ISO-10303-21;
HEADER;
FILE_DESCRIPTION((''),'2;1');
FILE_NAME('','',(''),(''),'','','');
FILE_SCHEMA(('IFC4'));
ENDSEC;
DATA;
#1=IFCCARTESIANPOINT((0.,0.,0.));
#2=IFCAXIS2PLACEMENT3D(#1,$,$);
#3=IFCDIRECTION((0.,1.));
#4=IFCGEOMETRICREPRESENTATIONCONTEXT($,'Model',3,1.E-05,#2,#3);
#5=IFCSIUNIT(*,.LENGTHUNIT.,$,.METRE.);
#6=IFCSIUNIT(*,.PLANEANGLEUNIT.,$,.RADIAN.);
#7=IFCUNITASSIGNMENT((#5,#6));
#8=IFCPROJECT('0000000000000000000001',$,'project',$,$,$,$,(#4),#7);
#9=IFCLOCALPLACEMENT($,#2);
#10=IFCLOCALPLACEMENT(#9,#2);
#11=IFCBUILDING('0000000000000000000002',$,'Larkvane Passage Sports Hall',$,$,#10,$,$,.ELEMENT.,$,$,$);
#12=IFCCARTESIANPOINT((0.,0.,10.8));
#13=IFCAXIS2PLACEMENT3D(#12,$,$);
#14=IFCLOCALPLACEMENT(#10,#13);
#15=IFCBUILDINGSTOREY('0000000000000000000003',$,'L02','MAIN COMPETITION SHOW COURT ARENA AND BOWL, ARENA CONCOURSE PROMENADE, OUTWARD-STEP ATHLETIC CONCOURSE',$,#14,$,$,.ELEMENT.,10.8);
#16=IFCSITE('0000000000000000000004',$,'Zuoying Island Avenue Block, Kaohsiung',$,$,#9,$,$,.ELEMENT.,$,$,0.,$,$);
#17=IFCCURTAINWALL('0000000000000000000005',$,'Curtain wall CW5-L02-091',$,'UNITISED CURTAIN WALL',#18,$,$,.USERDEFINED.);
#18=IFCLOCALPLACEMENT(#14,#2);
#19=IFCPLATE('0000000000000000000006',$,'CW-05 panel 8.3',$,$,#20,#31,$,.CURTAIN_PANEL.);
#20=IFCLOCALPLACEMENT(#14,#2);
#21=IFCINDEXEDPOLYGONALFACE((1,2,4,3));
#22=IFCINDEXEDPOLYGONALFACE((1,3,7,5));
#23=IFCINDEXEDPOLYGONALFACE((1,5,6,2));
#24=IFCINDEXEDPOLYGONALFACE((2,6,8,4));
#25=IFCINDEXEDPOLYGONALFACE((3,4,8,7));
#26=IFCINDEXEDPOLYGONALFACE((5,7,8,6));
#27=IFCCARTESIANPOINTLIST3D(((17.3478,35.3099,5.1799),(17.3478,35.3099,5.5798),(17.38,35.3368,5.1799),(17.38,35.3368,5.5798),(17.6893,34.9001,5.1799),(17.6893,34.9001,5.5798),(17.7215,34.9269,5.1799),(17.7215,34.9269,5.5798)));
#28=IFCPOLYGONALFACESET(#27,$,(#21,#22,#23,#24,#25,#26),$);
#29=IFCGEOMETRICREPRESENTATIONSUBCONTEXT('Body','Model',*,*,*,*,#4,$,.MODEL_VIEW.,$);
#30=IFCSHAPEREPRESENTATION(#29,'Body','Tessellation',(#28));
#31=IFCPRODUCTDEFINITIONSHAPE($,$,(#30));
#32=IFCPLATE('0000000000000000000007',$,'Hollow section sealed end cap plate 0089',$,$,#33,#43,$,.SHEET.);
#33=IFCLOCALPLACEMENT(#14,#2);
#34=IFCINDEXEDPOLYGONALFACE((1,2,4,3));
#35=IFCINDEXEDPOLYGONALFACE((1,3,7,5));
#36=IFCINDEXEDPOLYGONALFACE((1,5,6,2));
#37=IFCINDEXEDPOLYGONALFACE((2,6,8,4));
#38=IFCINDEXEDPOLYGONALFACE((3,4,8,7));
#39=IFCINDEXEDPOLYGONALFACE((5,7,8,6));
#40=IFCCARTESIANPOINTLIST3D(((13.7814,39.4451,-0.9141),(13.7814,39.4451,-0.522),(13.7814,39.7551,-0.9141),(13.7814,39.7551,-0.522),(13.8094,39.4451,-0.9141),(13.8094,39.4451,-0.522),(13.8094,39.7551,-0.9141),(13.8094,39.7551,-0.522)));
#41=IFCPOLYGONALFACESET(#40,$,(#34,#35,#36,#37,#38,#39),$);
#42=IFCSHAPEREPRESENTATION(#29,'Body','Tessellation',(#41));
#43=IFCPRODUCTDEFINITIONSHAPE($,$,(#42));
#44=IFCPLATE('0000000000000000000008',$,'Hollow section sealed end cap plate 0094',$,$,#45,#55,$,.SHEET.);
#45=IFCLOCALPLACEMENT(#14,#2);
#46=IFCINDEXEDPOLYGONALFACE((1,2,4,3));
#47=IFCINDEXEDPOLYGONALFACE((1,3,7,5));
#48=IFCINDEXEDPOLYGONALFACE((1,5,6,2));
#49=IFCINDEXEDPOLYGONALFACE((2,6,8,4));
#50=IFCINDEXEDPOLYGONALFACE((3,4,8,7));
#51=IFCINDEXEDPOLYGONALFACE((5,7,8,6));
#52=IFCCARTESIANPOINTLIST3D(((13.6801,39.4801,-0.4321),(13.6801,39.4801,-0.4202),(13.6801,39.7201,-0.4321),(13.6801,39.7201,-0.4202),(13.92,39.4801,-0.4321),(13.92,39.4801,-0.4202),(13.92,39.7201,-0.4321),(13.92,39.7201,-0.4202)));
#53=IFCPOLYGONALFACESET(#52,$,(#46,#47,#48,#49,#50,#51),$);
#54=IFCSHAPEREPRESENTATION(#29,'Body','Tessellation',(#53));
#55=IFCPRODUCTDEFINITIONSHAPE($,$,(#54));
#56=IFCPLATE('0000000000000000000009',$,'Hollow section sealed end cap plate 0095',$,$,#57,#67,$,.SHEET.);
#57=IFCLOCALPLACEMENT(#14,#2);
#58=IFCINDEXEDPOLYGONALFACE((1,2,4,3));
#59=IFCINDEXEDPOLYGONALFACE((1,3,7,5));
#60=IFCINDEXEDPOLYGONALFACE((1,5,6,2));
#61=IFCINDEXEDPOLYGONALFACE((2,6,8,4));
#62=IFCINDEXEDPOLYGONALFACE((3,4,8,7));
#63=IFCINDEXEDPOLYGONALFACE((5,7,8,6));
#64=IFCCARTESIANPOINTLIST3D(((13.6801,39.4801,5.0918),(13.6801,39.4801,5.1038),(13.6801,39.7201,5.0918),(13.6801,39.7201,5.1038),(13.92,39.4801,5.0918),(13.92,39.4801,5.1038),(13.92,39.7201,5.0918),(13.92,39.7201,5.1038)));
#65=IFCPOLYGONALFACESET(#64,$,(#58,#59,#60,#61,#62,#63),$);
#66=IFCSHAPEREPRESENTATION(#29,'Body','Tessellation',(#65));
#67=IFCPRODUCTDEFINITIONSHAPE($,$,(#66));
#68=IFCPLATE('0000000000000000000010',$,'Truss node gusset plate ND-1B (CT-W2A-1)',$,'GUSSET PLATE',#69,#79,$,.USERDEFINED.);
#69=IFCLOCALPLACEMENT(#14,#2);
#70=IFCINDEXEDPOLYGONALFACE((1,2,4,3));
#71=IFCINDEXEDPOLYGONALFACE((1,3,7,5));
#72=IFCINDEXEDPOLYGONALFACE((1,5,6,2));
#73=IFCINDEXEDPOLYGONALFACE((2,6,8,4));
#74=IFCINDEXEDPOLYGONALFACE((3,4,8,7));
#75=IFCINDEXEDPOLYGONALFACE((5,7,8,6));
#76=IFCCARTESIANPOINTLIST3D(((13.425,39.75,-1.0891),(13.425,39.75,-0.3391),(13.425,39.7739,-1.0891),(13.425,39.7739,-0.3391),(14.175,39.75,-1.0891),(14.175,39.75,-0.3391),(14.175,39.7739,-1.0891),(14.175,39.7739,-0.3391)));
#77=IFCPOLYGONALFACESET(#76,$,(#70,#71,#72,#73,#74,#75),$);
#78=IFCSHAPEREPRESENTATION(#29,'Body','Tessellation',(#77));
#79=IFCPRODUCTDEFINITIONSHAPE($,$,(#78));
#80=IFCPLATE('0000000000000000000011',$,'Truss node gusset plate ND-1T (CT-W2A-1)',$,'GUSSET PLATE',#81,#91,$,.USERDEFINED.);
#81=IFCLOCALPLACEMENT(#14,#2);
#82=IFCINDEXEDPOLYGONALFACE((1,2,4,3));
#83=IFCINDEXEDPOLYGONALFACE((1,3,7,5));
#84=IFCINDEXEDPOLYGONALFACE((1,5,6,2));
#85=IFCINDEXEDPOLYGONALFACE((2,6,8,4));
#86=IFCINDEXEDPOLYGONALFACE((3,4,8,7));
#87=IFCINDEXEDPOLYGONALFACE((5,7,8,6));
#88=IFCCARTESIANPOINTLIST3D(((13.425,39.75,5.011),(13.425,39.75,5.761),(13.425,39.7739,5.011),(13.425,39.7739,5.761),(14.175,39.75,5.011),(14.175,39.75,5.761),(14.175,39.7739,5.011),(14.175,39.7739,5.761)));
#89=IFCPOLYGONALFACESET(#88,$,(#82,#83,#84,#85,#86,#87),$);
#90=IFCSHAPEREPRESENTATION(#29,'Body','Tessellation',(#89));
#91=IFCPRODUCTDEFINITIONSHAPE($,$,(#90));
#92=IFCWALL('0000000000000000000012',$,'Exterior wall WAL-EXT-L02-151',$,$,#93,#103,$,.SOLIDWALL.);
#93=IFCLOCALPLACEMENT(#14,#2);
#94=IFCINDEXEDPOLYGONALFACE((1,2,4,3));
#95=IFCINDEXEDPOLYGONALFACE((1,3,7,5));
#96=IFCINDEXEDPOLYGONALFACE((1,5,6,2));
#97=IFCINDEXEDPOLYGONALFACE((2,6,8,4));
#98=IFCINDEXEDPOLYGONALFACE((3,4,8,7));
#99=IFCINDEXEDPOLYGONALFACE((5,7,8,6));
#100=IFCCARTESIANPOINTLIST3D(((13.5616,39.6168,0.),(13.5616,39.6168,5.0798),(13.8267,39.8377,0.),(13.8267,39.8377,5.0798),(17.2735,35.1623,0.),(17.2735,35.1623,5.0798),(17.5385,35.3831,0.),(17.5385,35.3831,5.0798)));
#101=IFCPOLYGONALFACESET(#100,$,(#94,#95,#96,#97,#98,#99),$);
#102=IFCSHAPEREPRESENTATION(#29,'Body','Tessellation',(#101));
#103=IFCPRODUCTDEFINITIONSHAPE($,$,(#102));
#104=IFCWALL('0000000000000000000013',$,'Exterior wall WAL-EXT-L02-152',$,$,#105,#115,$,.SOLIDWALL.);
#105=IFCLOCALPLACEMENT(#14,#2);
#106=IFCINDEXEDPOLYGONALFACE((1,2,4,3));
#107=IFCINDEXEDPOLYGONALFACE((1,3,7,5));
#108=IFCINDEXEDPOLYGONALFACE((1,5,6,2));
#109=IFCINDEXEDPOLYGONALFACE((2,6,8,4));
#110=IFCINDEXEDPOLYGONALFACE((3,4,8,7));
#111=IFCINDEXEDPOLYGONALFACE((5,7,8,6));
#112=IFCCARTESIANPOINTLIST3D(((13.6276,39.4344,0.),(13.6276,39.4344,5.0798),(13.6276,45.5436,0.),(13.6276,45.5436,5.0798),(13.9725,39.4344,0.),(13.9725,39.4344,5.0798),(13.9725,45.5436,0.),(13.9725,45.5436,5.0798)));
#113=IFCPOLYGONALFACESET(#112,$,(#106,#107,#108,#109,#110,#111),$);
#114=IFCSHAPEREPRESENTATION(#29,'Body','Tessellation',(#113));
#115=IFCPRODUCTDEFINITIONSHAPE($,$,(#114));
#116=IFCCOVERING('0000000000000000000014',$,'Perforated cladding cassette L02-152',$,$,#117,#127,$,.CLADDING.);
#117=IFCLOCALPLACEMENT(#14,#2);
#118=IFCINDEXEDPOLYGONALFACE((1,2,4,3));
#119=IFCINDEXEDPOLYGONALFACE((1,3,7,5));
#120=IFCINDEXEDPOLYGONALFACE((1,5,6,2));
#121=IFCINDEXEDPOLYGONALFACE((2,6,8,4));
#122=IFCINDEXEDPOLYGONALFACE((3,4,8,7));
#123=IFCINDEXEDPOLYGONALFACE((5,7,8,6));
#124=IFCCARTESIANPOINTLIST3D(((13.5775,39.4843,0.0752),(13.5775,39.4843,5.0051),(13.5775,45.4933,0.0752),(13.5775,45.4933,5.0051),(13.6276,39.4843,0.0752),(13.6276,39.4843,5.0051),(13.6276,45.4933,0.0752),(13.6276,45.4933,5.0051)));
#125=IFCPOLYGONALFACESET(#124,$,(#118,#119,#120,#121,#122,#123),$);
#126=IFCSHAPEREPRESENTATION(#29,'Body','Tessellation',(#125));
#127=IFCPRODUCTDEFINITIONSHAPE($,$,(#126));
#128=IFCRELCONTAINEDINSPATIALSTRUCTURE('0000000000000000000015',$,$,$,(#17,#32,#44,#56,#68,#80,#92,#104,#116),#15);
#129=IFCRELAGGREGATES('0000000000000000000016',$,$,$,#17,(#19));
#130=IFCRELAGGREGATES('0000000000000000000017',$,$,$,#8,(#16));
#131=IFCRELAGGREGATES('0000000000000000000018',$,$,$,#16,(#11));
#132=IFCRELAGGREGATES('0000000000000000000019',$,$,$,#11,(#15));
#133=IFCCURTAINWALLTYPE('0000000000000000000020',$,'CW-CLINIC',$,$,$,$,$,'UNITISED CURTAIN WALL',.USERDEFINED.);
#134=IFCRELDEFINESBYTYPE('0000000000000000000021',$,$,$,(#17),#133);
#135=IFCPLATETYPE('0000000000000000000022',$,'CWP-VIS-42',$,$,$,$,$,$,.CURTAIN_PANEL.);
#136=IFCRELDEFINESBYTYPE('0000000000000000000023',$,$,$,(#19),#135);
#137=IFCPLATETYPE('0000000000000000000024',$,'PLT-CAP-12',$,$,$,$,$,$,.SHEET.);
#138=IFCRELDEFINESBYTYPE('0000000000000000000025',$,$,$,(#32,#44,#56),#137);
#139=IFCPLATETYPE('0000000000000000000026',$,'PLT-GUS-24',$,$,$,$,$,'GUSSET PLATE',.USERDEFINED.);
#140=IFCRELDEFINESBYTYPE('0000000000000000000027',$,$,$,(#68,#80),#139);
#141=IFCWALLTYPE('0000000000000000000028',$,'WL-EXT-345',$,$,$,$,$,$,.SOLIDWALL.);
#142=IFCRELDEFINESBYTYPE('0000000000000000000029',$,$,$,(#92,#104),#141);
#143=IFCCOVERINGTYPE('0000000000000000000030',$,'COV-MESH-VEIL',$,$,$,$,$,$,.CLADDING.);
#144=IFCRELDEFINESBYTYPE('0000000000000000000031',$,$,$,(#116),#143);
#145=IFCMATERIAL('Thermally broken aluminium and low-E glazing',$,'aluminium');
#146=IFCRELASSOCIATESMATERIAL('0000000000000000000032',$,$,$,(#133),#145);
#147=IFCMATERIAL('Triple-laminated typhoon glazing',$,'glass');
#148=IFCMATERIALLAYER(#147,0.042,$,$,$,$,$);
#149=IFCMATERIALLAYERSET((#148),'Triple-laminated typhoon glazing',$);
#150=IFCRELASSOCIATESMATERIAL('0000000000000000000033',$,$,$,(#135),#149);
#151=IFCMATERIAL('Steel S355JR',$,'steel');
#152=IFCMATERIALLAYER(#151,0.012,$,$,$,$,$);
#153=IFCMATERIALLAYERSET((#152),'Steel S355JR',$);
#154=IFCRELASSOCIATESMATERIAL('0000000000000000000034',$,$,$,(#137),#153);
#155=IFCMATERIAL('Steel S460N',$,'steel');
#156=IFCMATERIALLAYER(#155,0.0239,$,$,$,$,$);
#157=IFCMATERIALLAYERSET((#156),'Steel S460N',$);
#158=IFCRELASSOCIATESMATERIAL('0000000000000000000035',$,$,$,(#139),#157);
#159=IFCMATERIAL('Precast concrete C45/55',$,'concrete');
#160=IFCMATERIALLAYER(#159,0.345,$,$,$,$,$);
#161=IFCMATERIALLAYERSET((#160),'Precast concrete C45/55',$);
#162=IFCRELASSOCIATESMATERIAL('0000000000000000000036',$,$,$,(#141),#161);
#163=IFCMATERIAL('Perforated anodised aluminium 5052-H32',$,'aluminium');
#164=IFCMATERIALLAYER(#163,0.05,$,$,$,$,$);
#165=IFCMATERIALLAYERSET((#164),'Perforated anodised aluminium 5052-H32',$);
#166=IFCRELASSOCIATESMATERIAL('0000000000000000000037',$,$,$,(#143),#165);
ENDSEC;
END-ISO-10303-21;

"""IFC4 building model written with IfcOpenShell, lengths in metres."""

from ifc_helpers import new_model, si_unit, direction, frame, frame_2d, origin, origin_2d, place, context, subcontext, project, spatial, rectangle, extrude, material, layer, layer_set, type_object, element, aggregate, save


model = new_model("IFC4")

# Units and contexts
model_context = context("Model", 3, precision=1e-05, world=origin(), true_north=direction((0.0, 1.0)))
body_context = subcontext(model_context, "Body", "Model", "MODEL_VIEW")
ifc_project = project(units=[si_unit("LENGTHUNIT", "METRE"), si_unit("PLANEANGLEUNIT", "RADIAN")], contexts=[model_context])

# Site, building, storey
site_placement = place(None, origin())
site = spatial("IfcSite", under=ifc_project, at=site_placement, Name="Zuoying Island Avenue Block, Kaohsiung", CompositionType="ELEMENT", RefElevation=0.0)
building_placement = place(site_placement, origin())
building = spatial("IfcBuilding", under=site, at=building_placement, Name="Larkvane Passage Sports Hall", CompositionType="ELEMENT")
storey_placement = place(building_placement, frame((0.0, 0.0, 10.8)))
storey = spatial("IfcBuildingStorey", under=building, at=storey_placement, Name="L02", Description="MAIN COMPETITION SHOW COURT ARENA AND BOWL, ARENA CONCOURSE PROMENADE, OUTWARD-STEP ATHLETIC CONCOURSE", CompositionType="ELEMENT", Elevation=10.8)

# Shared definitions
ifc_material_1 = material(Name="Steel S355JR", Category="steel")
ifc_material_2 = material(Name="Steel S460N", Category="steel")

# Curtain wall
ifc_material_3 = material(Name="Thermally broken aluminium and low-E glazing", Category="aluminium")
curtain_wall_type_1 = type_object("IfcCurtainWallType", Name="CW-CLINIC", ElementType="UNITISED CURTAIN WALL", PredefinedType="USERDEFINED", material=ifc_material_3)
curtain_wall_1_placement = place(storey_placement, origin())
curtain_wall_1 = element("IfcCurtainWall", 1, at=curtain_wall_1_placement, inside=storey, type_object=curtain_wall_type_1, Name="Curtain wall CW5-L02-091", ObjectType="UNITISED CURTAIN WALL", PredefinedType="USERDEFINED")

# Plate
ifc_material_4 = material(Name="Triple-laminated typhoon glazing", Category="glass")
ifc_layer_1 = layer(ifc_material_4, 0.042)
ifc_layer_set_1 = layer_set([ifc_layer_1], Name="Triple-laminated typhoon glazing")
plate_type_1 = type_object("IfcPlateType", Name="CWP-VIS-42", PredefinedType="CURTAIN_PANEL", material=ifc_layer_set_1)
plate_1_placement = place(storey_placement, frame((17.5347, 35.1184, 5.1799), z_axis=(0.0, 0.0, 1.0), x_axis=(-0.640184, 0.768221, 0.0)))
plate_1 = element("IfcPlate", 2, at=plate_1_placement, type_object=plate_type_1, Name="CW-05 panel 8.3", PredefinedType="CURTAIN_PANEL", context=body_context, shape_type="SweptSolid", body=[
    extrude(rectangle(XDim=0.5334, YDim=0.042, at=origin_2d()), origin(), (0.0, 0.0, 1.0), 0.3999),
])
aggregate(curtain_wall_1, [plate_1])

# Plates
ifc_layer_2 = layer(ifc_material_1, 0.012)
ifc_layer_set_2 = layer_set([ifc_layer_2], Name="Steel S355JR")
plate_type_2 = type_object("IfcPlateType", Name="PLT-CAP-12", PredefinedType="SHEET", material=ifc_layer_set_2)
plate_2_placement = place(storey_placement, frame((13.7954, 39.6001, -0.9141), z_axis=(0.0, 0.0, 1.0), x_axis=(0.0, 1.0, 0.0)))
element("IfcPlate", 3, at=plate_2_placement, inside=storey, type_object=plate_type_2, Name="Hollow section sealed end cap plate 0089", PredefinedType="SHEET", context=body_context, shape_type="SweptSolid", body=[
    extrude(rectangle(XDim=0.3101, YDim=0.0281, at=origin_2d()), origin(), (0.0, 0.0, 1.0), 0.3921),
])
for number, where, z_axis, x_axis, name in (
    (4, (13.8, 39.6001, -0.4321), (0.0, 0.0, 1.0), (1.0, 0.0, 0.0), "Hollow section sealed end cap plate 0094"),
    (5, (13.8, 39.6001, 5.0918), (0.0, 0.0, 1.0), (1.0, 0.0, 0.0), "Hollow section sealed end cap plate 0095"),
):
    element("IfcPlate", number, at=place(storey_placement, frame(where, z_axis=z_axis, x_axis=x_axis)), inside=storey, type_object=plate_type_2, Name=name, PredefinedType="SHEET", context=body_context, shape_type="SweptSolid", body=[
        extrude(rectangle(XDim=0.24, YDim=0.24, at=origin_2d()), origin(), (0.0, 0.0, 1.0), 0.012),
    ])
ifc_layer_3 = layer(ifc_material_2, 0.0239)
ifc_layer_set_3 = layer_set([ifc_layer_3], Name="Steel S460N")
plate_type_3 = type_object("IfcPlateType", Name="PLT-GUS-24", ElementType="GUSSET PLATE", PredefinedType="USERDEFINED", material=ifc_layer_set_3)
for number, where, z_axis, x_axis, name in (
    (6, (13.8, 39.762, -1.0891), (0.0, 0.0, 1.0), (1.0, 0.0, 0.0), "Truss node gusset plate ND-1B (CT-W2A-1)"),
    (7, (13.8, 39.762, 5.011), (0.0, 0.0, 1.0), (1.0, 0.0, 0.0), "Truss node gusset plate ND-1T (CT-W2A-1)"),
):
    element("IfcPlate", number, at=place(storey_placement, frame(where, z_axis=z_axis, x_axis=x_axis)), inside=storey, type_object=plate_type_3, Name=name, ObjectType="GUSSET PLATE", PredefinedType="USERDEFINED", context=body_context, shape_type="SweptSolid", body=[
        extrude(rectangle(XDim=0.75, YDim=0.0239, at=origin_2d()), origin(), (0.0, 0.0, 1.0), 0.75),
    ])

# Walls
ifc_material_5 = material(Name="Precast concrete C45/55", Category="concrete")
ifc_layer_4 = layer(ifc_material_5, 0.345)
ifc_layer_set_4 = layer_set([ifc_layer_4], Name="Precast concrete C45/55")
wall_type = type_object("IfcWallType", Name="WL-EXT-345", PredefinedType="SOLIDWALL", material=ifc_layer_set_4)
wall_1_placement = place(storey_placement, frame((17.406, 35.2727, 0.0), z_axis=(0.0, 0.0, 1.0), x_axis=(-0.64016, 0.768242, 0.0)))
element("IfcWall", 8, at=wall_1_placement, inside=storey, type_object=wall_type, Name="Exterior wall WAL-EXT-L02-151", PredefinedType="SOLIDWALL", context=body_context, shape_type="SweptSolid", body=[
    extrude(rectangle(XDim=5.7983, YDim=0.345, at=frame_2d((2.8992, 0.0))), origin(), (0.0, 0.0, 1.0), 5.0798),
])
wall_2_placement = place(storey_placement, frame((13.8, 39.4343, 0.0), z_axis=(0.0, 0.0, 1.0), x_axis=(0.0, 1.0, 0.0)))
element("IfcWall", 9, at=wall_2_placement, inside=storey, type_object=wall_type, Name="Exterior wall WAL-EXT-L02-152", PredefinedType="SOLIDWALL", context=body_context, shape_type="SweptSolid", body=[
    extrude(rectangle(XDim=6.1091, YDim=0.345, at=frame_2d((3.0547, 0.0))), origin(), (0.0, 0.0, 1.0), 5.0798),
])

# Covering
ifc_material_6 = material(Name="Perforated anodised aluminium 5052-H32", Category="aluminium")
ifc_layer_5 = layer(ifc_material_6, 0.05)
ifc_layer_set_5 = layer_set([ifc_layer_5], Name="Perforated anodised aluminium 5052-H32")
covering_type = type_object("IfcCoveringType", Name="COV-MESH-VEIL", PredefinedType="CLADDING", material=ifc_layer_set_5)
covering_placement = place(storey_placement, frame((13.6025, 42.4888, 0.0752), z_axis=(0.0, 0.0, 1.0), x_axis=(0.0, 1.0, 0.0)))
element("IfcCovering", 10, at=covering_placement, inside=storey, type_object=covering_type, Name="Perforated cladding cassette L02-152", PredefinedType="CLADDING", context=body_context, shape_type="SweptSolid", body=[
    extrude(rectangle(XDim=6.009, YDim=0.05, at=origin_2d()), origin(), (0.0, 0.0, 1.0), 4.9299),
])

save(model, "model.ifc")
